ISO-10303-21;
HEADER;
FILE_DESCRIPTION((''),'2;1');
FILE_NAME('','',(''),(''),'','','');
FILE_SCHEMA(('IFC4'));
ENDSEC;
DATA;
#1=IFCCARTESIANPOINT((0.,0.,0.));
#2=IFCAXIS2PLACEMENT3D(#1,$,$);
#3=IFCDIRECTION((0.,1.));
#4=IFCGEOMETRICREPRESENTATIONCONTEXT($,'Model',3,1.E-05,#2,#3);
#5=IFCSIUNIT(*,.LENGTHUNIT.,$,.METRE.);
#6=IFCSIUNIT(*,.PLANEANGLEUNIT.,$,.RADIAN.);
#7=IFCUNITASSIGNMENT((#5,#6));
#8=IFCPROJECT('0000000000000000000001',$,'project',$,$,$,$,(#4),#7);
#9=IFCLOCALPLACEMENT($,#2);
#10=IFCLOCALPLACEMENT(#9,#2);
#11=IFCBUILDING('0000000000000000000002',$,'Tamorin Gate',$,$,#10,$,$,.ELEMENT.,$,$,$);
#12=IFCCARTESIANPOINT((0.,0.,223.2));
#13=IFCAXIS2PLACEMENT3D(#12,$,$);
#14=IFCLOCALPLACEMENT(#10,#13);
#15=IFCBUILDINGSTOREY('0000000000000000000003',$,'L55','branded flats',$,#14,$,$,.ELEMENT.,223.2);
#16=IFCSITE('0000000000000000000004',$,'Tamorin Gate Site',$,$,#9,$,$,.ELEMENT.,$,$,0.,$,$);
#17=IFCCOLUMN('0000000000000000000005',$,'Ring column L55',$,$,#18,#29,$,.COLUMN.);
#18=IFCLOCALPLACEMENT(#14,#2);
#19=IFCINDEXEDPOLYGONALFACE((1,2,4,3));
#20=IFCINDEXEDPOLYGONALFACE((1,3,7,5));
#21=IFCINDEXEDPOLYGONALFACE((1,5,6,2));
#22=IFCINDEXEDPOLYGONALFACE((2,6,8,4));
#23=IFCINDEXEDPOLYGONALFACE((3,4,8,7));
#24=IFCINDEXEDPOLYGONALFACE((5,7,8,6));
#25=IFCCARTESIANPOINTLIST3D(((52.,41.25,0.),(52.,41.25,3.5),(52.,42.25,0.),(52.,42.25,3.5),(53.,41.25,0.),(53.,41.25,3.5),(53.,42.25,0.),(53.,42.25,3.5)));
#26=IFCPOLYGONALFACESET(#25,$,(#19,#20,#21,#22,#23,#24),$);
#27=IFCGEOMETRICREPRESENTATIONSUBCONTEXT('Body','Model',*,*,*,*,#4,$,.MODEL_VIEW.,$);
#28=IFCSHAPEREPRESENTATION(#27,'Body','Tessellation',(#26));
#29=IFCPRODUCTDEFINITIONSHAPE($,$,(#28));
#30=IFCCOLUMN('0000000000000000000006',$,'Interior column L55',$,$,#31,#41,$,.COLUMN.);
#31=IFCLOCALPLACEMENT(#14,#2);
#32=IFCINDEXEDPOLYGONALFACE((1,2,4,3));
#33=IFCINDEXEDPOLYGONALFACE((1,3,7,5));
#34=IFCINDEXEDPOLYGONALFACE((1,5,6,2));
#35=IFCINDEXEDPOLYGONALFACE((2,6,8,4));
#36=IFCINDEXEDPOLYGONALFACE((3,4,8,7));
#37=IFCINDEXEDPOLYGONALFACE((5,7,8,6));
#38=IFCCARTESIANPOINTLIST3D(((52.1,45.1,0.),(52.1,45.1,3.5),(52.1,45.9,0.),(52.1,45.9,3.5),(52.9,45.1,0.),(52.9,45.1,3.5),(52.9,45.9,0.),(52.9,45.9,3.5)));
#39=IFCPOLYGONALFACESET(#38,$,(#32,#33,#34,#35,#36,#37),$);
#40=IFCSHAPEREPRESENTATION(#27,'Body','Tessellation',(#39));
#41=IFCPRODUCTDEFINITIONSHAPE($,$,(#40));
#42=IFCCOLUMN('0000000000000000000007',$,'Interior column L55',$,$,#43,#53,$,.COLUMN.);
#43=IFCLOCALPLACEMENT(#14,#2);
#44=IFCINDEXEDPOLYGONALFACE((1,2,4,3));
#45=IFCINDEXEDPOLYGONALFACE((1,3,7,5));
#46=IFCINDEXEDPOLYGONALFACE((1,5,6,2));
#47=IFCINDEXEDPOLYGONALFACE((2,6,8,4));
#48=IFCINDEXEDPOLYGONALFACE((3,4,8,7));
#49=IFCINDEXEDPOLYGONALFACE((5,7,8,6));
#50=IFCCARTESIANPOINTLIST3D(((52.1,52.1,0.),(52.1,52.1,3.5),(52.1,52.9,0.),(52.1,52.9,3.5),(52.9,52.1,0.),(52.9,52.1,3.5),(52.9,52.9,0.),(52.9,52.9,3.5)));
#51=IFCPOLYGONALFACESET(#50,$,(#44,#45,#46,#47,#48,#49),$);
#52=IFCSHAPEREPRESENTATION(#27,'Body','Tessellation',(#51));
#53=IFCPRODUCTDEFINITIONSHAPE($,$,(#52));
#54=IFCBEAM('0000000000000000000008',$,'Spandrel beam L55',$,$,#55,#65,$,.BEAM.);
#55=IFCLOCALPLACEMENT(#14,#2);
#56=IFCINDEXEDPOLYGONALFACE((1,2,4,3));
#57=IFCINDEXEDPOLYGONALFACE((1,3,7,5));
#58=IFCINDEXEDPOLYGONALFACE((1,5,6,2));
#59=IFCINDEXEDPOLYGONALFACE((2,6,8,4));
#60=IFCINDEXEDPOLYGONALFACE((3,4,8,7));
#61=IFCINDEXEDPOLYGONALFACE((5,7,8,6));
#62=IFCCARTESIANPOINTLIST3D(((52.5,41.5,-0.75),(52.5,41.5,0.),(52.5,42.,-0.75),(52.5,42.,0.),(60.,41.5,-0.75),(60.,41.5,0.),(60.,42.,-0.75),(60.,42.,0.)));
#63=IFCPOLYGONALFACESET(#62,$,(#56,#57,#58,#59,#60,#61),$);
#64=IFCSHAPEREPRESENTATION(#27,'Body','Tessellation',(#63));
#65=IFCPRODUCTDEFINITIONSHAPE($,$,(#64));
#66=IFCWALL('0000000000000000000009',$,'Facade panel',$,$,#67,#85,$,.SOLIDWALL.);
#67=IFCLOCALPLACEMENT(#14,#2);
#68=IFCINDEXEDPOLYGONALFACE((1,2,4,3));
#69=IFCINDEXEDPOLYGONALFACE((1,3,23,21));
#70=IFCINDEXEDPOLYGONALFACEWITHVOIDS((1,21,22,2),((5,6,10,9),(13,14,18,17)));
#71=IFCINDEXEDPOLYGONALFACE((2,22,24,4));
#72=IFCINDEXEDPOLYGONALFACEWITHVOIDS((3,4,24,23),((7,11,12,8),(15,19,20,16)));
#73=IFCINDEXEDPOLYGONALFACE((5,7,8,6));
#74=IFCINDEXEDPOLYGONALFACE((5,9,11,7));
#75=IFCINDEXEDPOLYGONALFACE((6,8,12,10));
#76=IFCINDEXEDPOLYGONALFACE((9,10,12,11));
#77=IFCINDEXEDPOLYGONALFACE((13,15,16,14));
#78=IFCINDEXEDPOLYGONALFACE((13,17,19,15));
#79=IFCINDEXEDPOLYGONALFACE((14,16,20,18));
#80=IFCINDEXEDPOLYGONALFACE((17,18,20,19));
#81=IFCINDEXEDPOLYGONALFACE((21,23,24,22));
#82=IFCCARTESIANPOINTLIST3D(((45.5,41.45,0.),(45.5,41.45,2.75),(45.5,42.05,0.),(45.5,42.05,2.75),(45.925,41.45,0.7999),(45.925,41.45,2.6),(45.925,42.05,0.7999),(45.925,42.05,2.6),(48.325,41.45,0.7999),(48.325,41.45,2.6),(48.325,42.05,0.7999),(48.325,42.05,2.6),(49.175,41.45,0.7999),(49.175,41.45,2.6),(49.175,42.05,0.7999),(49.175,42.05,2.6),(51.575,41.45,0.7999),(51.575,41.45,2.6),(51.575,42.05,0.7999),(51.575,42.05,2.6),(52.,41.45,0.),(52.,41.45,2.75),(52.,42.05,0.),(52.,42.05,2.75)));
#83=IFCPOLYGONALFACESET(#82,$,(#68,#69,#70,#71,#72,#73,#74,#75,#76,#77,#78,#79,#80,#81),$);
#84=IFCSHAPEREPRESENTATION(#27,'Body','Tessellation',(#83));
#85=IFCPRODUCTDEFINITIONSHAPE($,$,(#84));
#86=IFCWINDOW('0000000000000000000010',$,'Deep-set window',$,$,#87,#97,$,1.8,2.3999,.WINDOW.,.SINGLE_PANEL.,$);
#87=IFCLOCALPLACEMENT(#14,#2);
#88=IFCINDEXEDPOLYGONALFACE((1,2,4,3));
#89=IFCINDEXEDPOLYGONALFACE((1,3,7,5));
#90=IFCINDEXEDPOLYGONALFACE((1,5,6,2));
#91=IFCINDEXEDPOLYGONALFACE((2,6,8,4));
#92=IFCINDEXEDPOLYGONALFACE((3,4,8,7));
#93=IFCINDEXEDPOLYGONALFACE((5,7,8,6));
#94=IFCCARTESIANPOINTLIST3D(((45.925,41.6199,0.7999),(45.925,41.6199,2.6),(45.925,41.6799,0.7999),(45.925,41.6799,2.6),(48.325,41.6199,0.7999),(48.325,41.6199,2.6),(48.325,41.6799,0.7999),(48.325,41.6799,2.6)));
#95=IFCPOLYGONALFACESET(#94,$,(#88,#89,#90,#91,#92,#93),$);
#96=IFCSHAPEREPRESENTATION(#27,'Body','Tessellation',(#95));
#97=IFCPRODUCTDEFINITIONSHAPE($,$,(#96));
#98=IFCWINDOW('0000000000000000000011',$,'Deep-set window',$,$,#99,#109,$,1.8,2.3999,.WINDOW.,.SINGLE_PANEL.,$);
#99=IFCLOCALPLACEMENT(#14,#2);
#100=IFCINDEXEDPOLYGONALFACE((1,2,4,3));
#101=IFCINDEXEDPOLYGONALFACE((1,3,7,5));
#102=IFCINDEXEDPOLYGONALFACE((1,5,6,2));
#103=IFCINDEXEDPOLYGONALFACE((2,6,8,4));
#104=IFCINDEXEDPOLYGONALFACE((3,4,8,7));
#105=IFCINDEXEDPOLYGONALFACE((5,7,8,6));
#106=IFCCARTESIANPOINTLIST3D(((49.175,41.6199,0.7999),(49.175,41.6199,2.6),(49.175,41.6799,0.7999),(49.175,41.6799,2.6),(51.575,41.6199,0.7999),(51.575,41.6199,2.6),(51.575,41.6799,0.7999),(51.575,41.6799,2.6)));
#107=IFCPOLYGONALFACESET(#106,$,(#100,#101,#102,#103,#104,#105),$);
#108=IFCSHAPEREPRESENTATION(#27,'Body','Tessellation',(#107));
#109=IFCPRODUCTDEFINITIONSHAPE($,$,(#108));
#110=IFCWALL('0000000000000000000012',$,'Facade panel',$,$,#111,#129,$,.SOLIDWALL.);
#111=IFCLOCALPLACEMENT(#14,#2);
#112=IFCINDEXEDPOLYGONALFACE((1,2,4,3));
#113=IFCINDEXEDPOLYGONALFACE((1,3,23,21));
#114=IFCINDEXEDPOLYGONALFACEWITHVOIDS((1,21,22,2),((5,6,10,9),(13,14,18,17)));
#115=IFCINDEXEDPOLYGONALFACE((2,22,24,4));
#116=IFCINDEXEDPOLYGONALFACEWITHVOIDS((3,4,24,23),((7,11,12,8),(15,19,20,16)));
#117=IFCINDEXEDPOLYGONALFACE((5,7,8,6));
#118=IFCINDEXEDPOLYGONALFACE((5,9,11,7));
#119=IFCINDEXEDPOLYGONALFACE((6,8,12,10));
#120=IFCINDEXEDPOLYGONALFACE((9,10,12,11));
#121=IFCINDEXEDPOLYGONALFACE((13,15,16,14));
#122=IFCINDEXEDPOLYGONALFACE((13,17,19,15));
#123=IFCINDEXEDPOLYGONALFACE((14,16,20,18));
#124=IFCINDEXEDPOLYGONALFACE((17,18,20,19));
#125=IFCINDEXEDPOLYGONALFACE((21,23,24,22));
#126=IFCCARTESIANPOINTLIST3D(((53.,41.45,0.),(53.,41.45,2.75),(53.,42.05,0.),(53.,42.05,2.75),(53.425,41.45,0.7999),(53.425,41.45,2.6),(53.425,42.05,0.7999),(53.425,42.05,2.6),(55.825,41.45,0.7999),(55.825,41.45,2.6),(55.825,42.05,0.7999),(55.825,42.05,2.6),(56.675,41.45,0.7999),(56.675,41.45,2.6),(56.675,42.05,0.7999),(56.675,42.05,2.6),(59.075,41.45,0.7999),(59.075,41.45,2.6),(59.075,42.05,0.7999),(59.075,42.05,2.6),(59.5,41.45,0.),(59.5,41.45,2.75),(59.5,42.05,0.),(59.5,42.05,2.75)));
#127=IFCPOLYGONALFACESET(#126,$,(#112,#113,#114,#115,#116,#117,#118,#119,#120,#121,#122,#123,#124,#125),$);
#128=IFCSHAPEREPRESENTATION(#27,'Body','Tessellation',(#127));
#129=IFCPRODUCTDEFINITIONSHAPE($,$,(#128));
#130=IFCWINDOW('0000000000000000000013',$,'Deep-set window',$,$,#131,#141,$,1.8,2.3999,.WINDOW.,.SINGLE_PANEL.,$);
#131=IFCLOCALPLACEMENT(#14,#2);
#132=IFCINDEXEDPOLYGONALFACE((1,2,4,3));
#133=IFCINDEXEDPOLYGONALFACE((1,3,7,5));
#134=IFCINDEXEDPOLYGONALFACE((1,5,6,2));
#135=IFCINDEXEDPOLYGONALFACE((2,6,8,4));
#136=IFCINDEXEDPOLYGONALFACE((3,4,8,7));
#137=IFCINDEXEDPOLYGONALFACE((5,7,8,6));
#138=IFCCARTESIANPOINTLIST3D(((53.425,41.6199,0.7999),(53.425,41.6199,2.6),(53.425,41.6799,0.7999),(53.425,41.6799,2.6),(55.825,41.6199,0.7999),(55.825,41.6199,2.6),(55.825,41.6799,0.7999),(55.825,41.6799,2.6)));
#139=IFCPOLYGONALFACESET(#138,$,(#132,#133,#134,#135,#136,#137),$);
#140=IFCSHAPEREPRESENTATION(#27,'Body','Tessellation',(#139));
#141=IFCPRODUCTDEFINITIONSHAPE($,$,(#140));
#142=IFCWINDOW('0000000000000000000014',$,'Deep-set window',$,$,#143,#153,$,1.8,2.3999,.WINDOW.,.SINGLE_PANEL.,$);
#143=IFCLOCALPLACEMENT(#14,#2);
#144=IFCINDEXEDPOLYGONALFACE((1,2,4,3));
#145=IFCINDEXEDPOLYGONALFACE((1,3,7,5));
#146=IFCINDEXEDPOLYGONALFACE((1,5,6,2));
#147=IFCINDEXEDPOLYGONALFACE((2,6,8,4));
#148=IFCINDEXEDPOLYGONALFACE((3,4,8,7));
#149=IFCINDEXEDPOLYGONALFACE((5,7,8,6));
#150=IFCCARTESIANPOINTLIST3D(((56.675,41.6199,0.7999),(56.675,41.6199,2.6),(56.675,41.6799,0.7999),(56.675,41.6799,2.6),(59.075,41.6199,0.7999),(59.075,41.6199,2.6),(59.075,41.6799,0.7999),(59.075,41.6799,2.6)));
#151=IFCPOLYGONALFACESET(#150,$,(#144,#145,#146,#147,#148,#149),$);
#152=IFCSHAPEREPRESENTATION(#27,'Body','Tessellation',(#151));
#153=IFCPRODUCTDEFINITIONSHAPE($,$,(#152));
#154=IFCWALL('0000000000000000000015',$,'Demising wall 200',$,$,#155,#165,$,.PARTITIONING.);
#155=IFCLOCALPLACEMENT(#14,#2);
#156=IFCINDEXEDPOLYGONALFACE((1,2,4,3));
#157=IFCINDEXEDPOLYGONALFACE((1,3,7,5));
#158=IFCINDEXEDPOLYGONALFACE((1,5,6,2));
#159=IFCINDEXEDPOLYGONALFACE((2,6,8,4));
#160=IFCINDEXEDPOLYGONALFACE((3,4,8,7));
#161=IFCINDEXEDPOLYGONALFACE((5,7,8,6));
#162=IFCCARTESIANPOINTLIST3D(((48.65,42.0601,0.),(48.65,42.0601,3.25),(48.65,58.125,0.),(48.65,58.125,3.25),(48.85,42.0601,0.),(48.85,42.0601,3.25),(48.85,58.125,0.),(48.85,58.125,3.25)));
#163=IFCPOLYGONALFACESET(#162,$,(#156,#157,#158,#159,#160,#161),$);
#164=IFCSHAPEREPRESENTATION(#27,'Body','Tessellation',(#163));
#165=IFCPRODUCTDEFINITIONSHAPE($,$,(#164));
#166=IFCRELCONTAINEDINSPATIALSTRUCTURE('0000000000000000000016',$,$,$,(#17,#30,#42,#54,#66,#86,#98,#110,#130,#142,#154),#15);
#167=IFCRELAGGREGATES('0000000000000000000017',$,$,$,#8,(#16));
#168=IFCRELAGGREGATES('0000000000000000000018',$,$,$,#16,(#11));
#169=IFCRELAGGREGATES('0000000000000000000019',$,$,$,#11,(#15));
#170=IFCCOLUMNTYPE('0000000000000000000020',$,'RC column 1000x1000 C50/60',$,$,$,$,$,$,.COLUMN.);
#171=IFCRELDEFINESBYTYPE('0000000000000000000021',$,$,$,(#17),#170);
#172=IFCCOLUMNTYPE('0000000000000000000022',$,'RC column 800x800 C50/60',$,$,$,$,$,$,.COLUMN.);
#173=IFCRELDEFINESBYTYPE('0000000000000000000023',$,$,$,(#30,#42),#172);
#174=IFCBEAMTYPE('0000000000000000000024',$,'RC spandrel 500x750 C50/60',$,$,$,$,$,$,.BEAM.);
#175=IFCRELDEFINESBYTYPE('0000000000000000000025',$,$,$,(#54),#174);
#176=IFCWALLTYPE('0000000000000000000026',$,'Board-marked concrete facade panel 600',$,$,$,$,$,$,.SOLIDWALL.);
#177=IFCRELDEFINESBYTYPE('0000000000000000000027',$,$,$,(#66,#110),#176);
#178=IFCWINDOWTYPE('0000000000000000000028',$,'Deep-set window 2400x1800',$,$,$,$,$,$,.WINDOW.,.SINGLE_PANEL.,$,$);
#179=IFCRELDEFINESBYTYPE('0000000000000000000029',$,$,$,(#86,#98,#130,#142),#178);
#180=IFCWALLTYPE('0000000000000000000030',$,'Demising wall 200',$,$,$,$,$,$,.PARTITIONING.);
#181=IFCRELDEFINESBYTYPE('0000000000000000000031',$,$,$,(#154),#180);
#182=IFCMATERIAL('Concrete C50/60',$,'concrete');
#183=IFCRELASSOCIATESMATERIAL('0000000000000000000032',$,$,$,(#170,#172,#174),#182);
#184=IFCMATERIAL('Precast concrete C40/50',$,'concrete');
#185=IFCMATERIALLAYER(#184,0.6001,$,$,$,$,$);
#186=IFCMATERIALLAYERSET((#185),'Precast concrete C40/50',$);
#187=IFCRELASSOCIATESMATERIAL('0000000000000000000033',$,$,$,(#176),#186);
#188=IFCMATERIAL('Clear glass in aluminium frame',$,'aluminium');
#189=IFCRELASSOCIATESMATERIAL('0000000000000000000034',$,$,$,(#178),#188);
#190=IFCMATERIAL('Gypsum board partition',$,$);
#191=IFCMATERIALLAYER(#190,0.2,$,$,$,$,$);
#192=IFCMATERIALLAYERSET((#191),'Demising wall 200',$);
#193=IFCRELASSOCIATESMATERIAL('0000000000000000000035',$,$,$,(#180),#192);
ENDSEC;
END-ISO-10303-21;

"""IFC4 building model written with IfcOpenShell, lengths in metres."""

from ifc_helpers import new_model, si_unit, direction, frame, frame_2d, origin, origin_2d, place, context, subcontext, project, spatial, rectangle, extrude, material, layer, layer_set, material_profile, profile_set, type_object, element, fill, save


model = new_model("IFC4")

# Units and contexts
model_context = context("Model", 3, precision=1e-05, world=origin(), true_north=direction((0.0, 1.0)))
body_context = subcontext(model_context, "Body", "Model", "MODEL_VIEW")
ifc_project = project(units=[si_unit("LENGTHUNIT", "METRE"), si_unit("PLANEANGLEUNIT", "RADIAN")], contexts=[model_context])

# Site, building, storey
site_placement = place(None, origin())
site = spatial("IfcSite", under=ifc_project, at=site_placement, Name="Tamorin Gate Site", CompositionType="ELEMENT", RefElevation=0.0)
building_placement = place(site_placement, origin())
building = spatial("IfcBuilding", under=site, at=building_placement, Name="Tamorin Gate", CompositionType="ELEMENT")
storey_placement = place(building_placement, frame((0.0, 0.0, 223.2)))
storey = spatial("IfcBuildingStorey", under=building, at=storey_placement, Name="L55", Description="branded flats", CompositionType="ELEMENT", Elevation=223.2)

# Columns
ifc_material_1 = material(Name="Concrete C50/60", Category="concrete")
ifc_material_profile_1 = material_profile(ifc_material_1, rectangle(XDim=1.0, YDim=1.0, at=origin_2d()), Name="RC 1000x1000")
ifc_profile_set_1 = profile_set([ifc_material_profile_1], Name="Concrete C50/60")
column_type_1 = type_object("IfcColumnType", Name="RC column 1000x1000 C50/60", PredefinedType="COLUMN", material=ifc_profile_set_1)
column_placement = place(storey_placement, frame((52.5, 41.75, 0.0), z_axis=(0.0, 0.0, 1.0), x_axis=(1.0, 0.0, 0.0)))
element("IfcColumn", 1, at=column_placement, inside=storey, type_object=column_type_1, Name="Ring column L55", PredefinedType="COLUMN", context=body_context, shape_type="SweptSolid", body=[
    extrude(rectangle(XDim=1.0, YDim=1.0, at=origin_2d()), origin(), (0.0, 0.0, 1.0), 3.5),
])
ifc_material_profile_2 = material_profile(ifc_material_1, rectangle(XDim=0.8, YDim=0.8, at=origin_2d()), Name="RC 800x800")
ifc_profile_set_2 = profile_set([ifc_material_profile_2], Name="Concrete C50/60")
column_type_2 = type_object("IfcColumnType", Name="RC column 800x800 C50/60", PredefinedType="COLUMN", material=ifc_profile_set_2)
for number, where, z_axis, x_axis, name in (
    (2, (52.5, 45.5, 0.0), (0.0, 0.0, 1.0), (1.0, 0.0, 0.0), "Interior column L55"),
    (3, (52.5, 52.5, 0.0), (0.0, 0.0, 1.0), (1.0, 0.0, 0.0), "Interior column L55"),
):
    element("IfcColumn", number, at=place(storey_placement, frame(where, z_axis=z_axis, x_axis=x_axis)), inside=storey, type_object=column_type_2, Name=name, PredefinedType="COLUMN", context=body_context, shape_type="SweptSolid", body=[
        extrude(rectangle(XDim=0.8, YDim=0.8, at=origin_2d()), origin(), (0.0, 0.0, 1.0), 3.5),
    ])

# Beam
ifc_material_profile_3 = material_profile(ifc_material_1, rectangle(XDim=0.5, YDim=0.75, at=origin_2d()), Name="RC 500x750")
ifc_profile_set_3 = profile_set([ifc_material_profile_3], Name="Concrete C50/60")
beam_type = type_object("IfcBeamType", Name="RC spandrel 500x750 C50/60", PredefinedType="BEAM", material=ifc_profile_set_3)
beam_placement = place(storey_placement, frame((52.5, 41.75, -0.375), z_axis=(1.0, 0.0, 0.0), x_axis=(0.0, 1.0, 0.0)))
element("IfcBeam", 4, at=beam_placement, inside=storey, type_object=beam_type, Name="Spandrel beam L55", PredefinedType="BEAM", context=body_context, shape_type="SweptSolid", body=[
    extrude(rectangle(XDim=0.5, YDim=0.75, at=origin_2d()), origin(), (0.0, 0.0, 1.0), 7.5),
])

# Walls, openings, windows
ifc_material_2 = material(Name="Precast concrete C40/50", Category="concrete")
ifc_layer_1 = layer(ifc_material_2, 0.6001)
ifc_layer_set_1 = layer_set([ifc_layer_1], Name="Precast concrete C40/50")
wall_type_1 = type_object("IfcWallType", Name="Board-marked concrete facade panel 600", PredefinedType="SOLIDWALL", material=ifc_layer_set_1)
wall_1_placement = place(storey_placement, frame((45.5, 41.75, 0.0), z_axis=(0.0, 0.0, 1.0), x_axis=(1.0, 0.0, 0.0)))
wall_1 = element("IfcWall", 5, at=wall_1_placement, inside=storey, type_object=wall_type_1, Name="Facade panel", PredefinedType="SOLIDWALL", context=body_context, shape_type="SweptSolid", body=[
    extrude(rectangle(XDim=6.5, YDim=0.6001, at=frame_2d((3.25, 0.0))), origin(), (0.0, 0.0, 1.0), 2.75),
])
opening_1_placement = place(wall_1_placement, frame((0.425, 0.0, 0.8)))
opening_1 = element("IfcOpeningElement", 6, at=opening_1_placement, cuts=wall_1, PredefinedType="OPENING", context=body_context, shape_type="SweptSolid", body=[
    extrude(rectangle(XDim=2.3999, YDim=1.8, at=frame_2d((1.2, 0.8999))), frame((0.0, 0.3101, 0.0), z_axis=(0.0, -1.0, 0.0), x_axis=(1.0, 0.0, 0.0)), (0.0, 0.0, 1.0), 0.6201),
])
opening_2_placement = place(wall_1_placement, frame((3.675, 0.0, 0.8)))
opening_2 = element("IfcOpeningElement", 7, at=opening_2_placement, cuts=wall_1, PredefinedType="OPENING", context=body_context, shape_type="SweptSolid", body=[
    extrude(rectangle(XDim=2.3999, YDim=1.8, at=frame_2d((1.2, 0.8999))), frame((0.0, 0.3101, 0.0), z_axis=(0.0, -1.0, 0.0), x_axis=(1.0, 0.0, 0.0)), (0.0, 0.0, 1.0), 0.6201),
])
ifc_material_3 = material(Name="Clear glass in aluminium frame", Category="aluminium")
window_type = type_object("IfcWindowType", Name="Deep-set window 2400x1800", PartitioningType="SINGLE_PANEL", PredefinedType="WINDOW", material=ifc_material_3)
window_1_placement = place(opening_1_placement, origin())
window_1 = element("IfcWindow", 8, at=window_1_placement, inside=storey, type_object=window_type, Name="Deep-set window", OverallHeight=1.8, OverallWidth=2.3999, PartitioningType="SINGLE_PANEL", PredefinedType="WINDOW", context=body_context, shape_type="SweptSolid", body=[
    extrude(rectangle(XDim=2.3999, YDim=1.8, at=frame_2d((1.2, 0.8999))), frame((0.0, -0.0701, 0.0), z_axis=(0.0, -1.0, 0.0), x_axis=(1.0, 0.0, 0.0)), (0.0, 0.0, 1.0), 0.0601),
])
fill(opening_1, window_1)
window_2_placement = place(opening_2_placement, origin())
window_2 = element("IfcWindow", 9, at=window_2_placement, inside=storey, type_object=window_type, Name="Deep-set window", OverallHeight=1.8, OverallWidth=2.3999, PartitioningType="SINGLE_PANEL", PredefinedType="WINDOW", context=body_context, shape_type="SweptSolid", body=[
    extrude(rectangle(XDim=2.3999, YDim=1.8, at=frame_2d((1.2, 0.8999))), frame((0.0, -0.0701, 0.0), z_axis=(0.0, -1.0, 0.0), x_axis=(1.0, 0.0, 0.0)), (0.0, 0.0, 1.0), 0.0601),
])
fill(opening_2, window_2)
wall_2_placement = place(storey_placement, frame((53.0, 41.75, 0.0), z_axis=(0.0, 0.0, 1.0), x_axis=(1.0, 0.0, 0.0)))
wall_2 = element("IfcWall", 10, at=wall_2_placement, inside=storey, type_object=wall_type_1, Name="Facade panel", PredefinedType="SOLIDWALL", context=body_context, shape_type="SweptSolid", body=[
    extrude(rectangle(XDim=6.5, YDim=0.6001, at=frame_2d((3.25, 0.0))), origin(), (0.0, 0.0, 1.0), 2.75),
])
opening_3_placement = place(wall_2_placement, frame((0.425, 0.0, 0.8)))
opening_3 = element("IfcOpeningElement", 11, at=opening_3_placement, cuts=wall_2, PredefinedType="OPENING", context=body_context, shape_type="SweptSolid", body=[
    extrude(rectangle(XDim=2.3999, YDim=1.8, at=frame_2d((1.2, 0.8999))), frame((0.0, 0.3101, 0.0), z_axis=(0.0, -1.0, 0.0), x_axis=(1.0, 0.0, 0.0)), (0.0, 0.0, 1.0), 0.6201),
])
opening_4_placement = place(wall_2_placement, frame((3.675, 0.0, 0.8)))
opening_4 = element("IfcOpeningElement", 12, at=opening_4_placement, cuts=wall_2, PredefinedType="OPENING", context=body_context, shape_type="SweptSolid", body=[
    extrude(rectangle(XDim=2.3999, YDim=1.8, at=frame_2d((1.2, 0.8999))), frame((0.0, 0.3101, 0.0), z_axis=(0.0, -1.0, 0.0), x_axis=(1.0, 0.0, 0.0)), (0.0, 0.0, 1.0), 0.6201),
])
window_3_placement = place(opening_3_placement, origin())
window_3 = element("IfcWindow", 13, at=window_3_placement, inside=storey, type_object=window_type, Name="Deep-set window", OverallHeight=1.8, OverallWidth=2.3999, PartitioningType="SINGLE_PANEL", PredefinedType="WINDOW", context=body_context, shape_type="SweptSolid", body=[
    extrude(rectangle(XDim=2.3999, YDim=1.8, at=frame_2d((1.2, 0.8999))), frame((0.0, -0.0701, 0.0), z_axis=(0.0, -1.0, 0.0), x_axis=(1.0, 0.0, 0.0)), (0.0, 0.0, 1.0), 0.0601),
])
fill(opening_3, window_3)
window_4_placement = place(opening_4_placement, origin())
window_4 = element("IfcWindow", 14, at=window_4_placement, inside=storey, type_object=window_type, Name="Deep-set window", OverallHeight=1.8, OverallWidth=2.3999, PartitioningType="SINGLE_PANEL", PredefinedType="WINDOW", context=body_context, shape_type="SweptSolid", body=[
    extrude(rectangle(XDim=2.3999, YDim=1.8, at=frame_2d((1.2, 0.8999))), frame((0.0, -0.0701, 0.0), z_axis=(0.0, -1.0, 0.0), x_axis=(1.0, 0.0, 0.0)), (0.0, 0.0, 1.0), 0.0601),
])
fill(opening_4, window_4)

# Wall
ifc_material_4 = material(Name="Gypsum board partition")
ifc_layer_2 = layer(ifc_material_4, 0.2)
ifc_layer_set_2 = layer_set([ifc_layer_2], Name="Demising wall 200")
wall_type_2 = type_object("IfcWallType", Name="Demising wall 200", PredefinedType="PARTITIONING", material=ifc_layer_set_2)
wall_3_placement = place(storey_placement, frame((48.75, 42.0601, 0.0), z_axis=(0.0, 0.0, 1.0), x_axis=(0.0, 1.0, 0.0)))
element("IfcWall", 15, at=wall_3_placement, inside=storey, type_object=wall_type_2, Name="Demising wall 200", PredefinedType="PARTITIONING", context=body_context, shape_type="SweptSolid", body=[
    extrude(rectangle(XDim=16.0649, YDim=0.2, at=frame_2d((8.0325, 0.0))), origin(), (0.0, 0.0, 1.0), 3.25),
])

save(model, "model.ifc")
